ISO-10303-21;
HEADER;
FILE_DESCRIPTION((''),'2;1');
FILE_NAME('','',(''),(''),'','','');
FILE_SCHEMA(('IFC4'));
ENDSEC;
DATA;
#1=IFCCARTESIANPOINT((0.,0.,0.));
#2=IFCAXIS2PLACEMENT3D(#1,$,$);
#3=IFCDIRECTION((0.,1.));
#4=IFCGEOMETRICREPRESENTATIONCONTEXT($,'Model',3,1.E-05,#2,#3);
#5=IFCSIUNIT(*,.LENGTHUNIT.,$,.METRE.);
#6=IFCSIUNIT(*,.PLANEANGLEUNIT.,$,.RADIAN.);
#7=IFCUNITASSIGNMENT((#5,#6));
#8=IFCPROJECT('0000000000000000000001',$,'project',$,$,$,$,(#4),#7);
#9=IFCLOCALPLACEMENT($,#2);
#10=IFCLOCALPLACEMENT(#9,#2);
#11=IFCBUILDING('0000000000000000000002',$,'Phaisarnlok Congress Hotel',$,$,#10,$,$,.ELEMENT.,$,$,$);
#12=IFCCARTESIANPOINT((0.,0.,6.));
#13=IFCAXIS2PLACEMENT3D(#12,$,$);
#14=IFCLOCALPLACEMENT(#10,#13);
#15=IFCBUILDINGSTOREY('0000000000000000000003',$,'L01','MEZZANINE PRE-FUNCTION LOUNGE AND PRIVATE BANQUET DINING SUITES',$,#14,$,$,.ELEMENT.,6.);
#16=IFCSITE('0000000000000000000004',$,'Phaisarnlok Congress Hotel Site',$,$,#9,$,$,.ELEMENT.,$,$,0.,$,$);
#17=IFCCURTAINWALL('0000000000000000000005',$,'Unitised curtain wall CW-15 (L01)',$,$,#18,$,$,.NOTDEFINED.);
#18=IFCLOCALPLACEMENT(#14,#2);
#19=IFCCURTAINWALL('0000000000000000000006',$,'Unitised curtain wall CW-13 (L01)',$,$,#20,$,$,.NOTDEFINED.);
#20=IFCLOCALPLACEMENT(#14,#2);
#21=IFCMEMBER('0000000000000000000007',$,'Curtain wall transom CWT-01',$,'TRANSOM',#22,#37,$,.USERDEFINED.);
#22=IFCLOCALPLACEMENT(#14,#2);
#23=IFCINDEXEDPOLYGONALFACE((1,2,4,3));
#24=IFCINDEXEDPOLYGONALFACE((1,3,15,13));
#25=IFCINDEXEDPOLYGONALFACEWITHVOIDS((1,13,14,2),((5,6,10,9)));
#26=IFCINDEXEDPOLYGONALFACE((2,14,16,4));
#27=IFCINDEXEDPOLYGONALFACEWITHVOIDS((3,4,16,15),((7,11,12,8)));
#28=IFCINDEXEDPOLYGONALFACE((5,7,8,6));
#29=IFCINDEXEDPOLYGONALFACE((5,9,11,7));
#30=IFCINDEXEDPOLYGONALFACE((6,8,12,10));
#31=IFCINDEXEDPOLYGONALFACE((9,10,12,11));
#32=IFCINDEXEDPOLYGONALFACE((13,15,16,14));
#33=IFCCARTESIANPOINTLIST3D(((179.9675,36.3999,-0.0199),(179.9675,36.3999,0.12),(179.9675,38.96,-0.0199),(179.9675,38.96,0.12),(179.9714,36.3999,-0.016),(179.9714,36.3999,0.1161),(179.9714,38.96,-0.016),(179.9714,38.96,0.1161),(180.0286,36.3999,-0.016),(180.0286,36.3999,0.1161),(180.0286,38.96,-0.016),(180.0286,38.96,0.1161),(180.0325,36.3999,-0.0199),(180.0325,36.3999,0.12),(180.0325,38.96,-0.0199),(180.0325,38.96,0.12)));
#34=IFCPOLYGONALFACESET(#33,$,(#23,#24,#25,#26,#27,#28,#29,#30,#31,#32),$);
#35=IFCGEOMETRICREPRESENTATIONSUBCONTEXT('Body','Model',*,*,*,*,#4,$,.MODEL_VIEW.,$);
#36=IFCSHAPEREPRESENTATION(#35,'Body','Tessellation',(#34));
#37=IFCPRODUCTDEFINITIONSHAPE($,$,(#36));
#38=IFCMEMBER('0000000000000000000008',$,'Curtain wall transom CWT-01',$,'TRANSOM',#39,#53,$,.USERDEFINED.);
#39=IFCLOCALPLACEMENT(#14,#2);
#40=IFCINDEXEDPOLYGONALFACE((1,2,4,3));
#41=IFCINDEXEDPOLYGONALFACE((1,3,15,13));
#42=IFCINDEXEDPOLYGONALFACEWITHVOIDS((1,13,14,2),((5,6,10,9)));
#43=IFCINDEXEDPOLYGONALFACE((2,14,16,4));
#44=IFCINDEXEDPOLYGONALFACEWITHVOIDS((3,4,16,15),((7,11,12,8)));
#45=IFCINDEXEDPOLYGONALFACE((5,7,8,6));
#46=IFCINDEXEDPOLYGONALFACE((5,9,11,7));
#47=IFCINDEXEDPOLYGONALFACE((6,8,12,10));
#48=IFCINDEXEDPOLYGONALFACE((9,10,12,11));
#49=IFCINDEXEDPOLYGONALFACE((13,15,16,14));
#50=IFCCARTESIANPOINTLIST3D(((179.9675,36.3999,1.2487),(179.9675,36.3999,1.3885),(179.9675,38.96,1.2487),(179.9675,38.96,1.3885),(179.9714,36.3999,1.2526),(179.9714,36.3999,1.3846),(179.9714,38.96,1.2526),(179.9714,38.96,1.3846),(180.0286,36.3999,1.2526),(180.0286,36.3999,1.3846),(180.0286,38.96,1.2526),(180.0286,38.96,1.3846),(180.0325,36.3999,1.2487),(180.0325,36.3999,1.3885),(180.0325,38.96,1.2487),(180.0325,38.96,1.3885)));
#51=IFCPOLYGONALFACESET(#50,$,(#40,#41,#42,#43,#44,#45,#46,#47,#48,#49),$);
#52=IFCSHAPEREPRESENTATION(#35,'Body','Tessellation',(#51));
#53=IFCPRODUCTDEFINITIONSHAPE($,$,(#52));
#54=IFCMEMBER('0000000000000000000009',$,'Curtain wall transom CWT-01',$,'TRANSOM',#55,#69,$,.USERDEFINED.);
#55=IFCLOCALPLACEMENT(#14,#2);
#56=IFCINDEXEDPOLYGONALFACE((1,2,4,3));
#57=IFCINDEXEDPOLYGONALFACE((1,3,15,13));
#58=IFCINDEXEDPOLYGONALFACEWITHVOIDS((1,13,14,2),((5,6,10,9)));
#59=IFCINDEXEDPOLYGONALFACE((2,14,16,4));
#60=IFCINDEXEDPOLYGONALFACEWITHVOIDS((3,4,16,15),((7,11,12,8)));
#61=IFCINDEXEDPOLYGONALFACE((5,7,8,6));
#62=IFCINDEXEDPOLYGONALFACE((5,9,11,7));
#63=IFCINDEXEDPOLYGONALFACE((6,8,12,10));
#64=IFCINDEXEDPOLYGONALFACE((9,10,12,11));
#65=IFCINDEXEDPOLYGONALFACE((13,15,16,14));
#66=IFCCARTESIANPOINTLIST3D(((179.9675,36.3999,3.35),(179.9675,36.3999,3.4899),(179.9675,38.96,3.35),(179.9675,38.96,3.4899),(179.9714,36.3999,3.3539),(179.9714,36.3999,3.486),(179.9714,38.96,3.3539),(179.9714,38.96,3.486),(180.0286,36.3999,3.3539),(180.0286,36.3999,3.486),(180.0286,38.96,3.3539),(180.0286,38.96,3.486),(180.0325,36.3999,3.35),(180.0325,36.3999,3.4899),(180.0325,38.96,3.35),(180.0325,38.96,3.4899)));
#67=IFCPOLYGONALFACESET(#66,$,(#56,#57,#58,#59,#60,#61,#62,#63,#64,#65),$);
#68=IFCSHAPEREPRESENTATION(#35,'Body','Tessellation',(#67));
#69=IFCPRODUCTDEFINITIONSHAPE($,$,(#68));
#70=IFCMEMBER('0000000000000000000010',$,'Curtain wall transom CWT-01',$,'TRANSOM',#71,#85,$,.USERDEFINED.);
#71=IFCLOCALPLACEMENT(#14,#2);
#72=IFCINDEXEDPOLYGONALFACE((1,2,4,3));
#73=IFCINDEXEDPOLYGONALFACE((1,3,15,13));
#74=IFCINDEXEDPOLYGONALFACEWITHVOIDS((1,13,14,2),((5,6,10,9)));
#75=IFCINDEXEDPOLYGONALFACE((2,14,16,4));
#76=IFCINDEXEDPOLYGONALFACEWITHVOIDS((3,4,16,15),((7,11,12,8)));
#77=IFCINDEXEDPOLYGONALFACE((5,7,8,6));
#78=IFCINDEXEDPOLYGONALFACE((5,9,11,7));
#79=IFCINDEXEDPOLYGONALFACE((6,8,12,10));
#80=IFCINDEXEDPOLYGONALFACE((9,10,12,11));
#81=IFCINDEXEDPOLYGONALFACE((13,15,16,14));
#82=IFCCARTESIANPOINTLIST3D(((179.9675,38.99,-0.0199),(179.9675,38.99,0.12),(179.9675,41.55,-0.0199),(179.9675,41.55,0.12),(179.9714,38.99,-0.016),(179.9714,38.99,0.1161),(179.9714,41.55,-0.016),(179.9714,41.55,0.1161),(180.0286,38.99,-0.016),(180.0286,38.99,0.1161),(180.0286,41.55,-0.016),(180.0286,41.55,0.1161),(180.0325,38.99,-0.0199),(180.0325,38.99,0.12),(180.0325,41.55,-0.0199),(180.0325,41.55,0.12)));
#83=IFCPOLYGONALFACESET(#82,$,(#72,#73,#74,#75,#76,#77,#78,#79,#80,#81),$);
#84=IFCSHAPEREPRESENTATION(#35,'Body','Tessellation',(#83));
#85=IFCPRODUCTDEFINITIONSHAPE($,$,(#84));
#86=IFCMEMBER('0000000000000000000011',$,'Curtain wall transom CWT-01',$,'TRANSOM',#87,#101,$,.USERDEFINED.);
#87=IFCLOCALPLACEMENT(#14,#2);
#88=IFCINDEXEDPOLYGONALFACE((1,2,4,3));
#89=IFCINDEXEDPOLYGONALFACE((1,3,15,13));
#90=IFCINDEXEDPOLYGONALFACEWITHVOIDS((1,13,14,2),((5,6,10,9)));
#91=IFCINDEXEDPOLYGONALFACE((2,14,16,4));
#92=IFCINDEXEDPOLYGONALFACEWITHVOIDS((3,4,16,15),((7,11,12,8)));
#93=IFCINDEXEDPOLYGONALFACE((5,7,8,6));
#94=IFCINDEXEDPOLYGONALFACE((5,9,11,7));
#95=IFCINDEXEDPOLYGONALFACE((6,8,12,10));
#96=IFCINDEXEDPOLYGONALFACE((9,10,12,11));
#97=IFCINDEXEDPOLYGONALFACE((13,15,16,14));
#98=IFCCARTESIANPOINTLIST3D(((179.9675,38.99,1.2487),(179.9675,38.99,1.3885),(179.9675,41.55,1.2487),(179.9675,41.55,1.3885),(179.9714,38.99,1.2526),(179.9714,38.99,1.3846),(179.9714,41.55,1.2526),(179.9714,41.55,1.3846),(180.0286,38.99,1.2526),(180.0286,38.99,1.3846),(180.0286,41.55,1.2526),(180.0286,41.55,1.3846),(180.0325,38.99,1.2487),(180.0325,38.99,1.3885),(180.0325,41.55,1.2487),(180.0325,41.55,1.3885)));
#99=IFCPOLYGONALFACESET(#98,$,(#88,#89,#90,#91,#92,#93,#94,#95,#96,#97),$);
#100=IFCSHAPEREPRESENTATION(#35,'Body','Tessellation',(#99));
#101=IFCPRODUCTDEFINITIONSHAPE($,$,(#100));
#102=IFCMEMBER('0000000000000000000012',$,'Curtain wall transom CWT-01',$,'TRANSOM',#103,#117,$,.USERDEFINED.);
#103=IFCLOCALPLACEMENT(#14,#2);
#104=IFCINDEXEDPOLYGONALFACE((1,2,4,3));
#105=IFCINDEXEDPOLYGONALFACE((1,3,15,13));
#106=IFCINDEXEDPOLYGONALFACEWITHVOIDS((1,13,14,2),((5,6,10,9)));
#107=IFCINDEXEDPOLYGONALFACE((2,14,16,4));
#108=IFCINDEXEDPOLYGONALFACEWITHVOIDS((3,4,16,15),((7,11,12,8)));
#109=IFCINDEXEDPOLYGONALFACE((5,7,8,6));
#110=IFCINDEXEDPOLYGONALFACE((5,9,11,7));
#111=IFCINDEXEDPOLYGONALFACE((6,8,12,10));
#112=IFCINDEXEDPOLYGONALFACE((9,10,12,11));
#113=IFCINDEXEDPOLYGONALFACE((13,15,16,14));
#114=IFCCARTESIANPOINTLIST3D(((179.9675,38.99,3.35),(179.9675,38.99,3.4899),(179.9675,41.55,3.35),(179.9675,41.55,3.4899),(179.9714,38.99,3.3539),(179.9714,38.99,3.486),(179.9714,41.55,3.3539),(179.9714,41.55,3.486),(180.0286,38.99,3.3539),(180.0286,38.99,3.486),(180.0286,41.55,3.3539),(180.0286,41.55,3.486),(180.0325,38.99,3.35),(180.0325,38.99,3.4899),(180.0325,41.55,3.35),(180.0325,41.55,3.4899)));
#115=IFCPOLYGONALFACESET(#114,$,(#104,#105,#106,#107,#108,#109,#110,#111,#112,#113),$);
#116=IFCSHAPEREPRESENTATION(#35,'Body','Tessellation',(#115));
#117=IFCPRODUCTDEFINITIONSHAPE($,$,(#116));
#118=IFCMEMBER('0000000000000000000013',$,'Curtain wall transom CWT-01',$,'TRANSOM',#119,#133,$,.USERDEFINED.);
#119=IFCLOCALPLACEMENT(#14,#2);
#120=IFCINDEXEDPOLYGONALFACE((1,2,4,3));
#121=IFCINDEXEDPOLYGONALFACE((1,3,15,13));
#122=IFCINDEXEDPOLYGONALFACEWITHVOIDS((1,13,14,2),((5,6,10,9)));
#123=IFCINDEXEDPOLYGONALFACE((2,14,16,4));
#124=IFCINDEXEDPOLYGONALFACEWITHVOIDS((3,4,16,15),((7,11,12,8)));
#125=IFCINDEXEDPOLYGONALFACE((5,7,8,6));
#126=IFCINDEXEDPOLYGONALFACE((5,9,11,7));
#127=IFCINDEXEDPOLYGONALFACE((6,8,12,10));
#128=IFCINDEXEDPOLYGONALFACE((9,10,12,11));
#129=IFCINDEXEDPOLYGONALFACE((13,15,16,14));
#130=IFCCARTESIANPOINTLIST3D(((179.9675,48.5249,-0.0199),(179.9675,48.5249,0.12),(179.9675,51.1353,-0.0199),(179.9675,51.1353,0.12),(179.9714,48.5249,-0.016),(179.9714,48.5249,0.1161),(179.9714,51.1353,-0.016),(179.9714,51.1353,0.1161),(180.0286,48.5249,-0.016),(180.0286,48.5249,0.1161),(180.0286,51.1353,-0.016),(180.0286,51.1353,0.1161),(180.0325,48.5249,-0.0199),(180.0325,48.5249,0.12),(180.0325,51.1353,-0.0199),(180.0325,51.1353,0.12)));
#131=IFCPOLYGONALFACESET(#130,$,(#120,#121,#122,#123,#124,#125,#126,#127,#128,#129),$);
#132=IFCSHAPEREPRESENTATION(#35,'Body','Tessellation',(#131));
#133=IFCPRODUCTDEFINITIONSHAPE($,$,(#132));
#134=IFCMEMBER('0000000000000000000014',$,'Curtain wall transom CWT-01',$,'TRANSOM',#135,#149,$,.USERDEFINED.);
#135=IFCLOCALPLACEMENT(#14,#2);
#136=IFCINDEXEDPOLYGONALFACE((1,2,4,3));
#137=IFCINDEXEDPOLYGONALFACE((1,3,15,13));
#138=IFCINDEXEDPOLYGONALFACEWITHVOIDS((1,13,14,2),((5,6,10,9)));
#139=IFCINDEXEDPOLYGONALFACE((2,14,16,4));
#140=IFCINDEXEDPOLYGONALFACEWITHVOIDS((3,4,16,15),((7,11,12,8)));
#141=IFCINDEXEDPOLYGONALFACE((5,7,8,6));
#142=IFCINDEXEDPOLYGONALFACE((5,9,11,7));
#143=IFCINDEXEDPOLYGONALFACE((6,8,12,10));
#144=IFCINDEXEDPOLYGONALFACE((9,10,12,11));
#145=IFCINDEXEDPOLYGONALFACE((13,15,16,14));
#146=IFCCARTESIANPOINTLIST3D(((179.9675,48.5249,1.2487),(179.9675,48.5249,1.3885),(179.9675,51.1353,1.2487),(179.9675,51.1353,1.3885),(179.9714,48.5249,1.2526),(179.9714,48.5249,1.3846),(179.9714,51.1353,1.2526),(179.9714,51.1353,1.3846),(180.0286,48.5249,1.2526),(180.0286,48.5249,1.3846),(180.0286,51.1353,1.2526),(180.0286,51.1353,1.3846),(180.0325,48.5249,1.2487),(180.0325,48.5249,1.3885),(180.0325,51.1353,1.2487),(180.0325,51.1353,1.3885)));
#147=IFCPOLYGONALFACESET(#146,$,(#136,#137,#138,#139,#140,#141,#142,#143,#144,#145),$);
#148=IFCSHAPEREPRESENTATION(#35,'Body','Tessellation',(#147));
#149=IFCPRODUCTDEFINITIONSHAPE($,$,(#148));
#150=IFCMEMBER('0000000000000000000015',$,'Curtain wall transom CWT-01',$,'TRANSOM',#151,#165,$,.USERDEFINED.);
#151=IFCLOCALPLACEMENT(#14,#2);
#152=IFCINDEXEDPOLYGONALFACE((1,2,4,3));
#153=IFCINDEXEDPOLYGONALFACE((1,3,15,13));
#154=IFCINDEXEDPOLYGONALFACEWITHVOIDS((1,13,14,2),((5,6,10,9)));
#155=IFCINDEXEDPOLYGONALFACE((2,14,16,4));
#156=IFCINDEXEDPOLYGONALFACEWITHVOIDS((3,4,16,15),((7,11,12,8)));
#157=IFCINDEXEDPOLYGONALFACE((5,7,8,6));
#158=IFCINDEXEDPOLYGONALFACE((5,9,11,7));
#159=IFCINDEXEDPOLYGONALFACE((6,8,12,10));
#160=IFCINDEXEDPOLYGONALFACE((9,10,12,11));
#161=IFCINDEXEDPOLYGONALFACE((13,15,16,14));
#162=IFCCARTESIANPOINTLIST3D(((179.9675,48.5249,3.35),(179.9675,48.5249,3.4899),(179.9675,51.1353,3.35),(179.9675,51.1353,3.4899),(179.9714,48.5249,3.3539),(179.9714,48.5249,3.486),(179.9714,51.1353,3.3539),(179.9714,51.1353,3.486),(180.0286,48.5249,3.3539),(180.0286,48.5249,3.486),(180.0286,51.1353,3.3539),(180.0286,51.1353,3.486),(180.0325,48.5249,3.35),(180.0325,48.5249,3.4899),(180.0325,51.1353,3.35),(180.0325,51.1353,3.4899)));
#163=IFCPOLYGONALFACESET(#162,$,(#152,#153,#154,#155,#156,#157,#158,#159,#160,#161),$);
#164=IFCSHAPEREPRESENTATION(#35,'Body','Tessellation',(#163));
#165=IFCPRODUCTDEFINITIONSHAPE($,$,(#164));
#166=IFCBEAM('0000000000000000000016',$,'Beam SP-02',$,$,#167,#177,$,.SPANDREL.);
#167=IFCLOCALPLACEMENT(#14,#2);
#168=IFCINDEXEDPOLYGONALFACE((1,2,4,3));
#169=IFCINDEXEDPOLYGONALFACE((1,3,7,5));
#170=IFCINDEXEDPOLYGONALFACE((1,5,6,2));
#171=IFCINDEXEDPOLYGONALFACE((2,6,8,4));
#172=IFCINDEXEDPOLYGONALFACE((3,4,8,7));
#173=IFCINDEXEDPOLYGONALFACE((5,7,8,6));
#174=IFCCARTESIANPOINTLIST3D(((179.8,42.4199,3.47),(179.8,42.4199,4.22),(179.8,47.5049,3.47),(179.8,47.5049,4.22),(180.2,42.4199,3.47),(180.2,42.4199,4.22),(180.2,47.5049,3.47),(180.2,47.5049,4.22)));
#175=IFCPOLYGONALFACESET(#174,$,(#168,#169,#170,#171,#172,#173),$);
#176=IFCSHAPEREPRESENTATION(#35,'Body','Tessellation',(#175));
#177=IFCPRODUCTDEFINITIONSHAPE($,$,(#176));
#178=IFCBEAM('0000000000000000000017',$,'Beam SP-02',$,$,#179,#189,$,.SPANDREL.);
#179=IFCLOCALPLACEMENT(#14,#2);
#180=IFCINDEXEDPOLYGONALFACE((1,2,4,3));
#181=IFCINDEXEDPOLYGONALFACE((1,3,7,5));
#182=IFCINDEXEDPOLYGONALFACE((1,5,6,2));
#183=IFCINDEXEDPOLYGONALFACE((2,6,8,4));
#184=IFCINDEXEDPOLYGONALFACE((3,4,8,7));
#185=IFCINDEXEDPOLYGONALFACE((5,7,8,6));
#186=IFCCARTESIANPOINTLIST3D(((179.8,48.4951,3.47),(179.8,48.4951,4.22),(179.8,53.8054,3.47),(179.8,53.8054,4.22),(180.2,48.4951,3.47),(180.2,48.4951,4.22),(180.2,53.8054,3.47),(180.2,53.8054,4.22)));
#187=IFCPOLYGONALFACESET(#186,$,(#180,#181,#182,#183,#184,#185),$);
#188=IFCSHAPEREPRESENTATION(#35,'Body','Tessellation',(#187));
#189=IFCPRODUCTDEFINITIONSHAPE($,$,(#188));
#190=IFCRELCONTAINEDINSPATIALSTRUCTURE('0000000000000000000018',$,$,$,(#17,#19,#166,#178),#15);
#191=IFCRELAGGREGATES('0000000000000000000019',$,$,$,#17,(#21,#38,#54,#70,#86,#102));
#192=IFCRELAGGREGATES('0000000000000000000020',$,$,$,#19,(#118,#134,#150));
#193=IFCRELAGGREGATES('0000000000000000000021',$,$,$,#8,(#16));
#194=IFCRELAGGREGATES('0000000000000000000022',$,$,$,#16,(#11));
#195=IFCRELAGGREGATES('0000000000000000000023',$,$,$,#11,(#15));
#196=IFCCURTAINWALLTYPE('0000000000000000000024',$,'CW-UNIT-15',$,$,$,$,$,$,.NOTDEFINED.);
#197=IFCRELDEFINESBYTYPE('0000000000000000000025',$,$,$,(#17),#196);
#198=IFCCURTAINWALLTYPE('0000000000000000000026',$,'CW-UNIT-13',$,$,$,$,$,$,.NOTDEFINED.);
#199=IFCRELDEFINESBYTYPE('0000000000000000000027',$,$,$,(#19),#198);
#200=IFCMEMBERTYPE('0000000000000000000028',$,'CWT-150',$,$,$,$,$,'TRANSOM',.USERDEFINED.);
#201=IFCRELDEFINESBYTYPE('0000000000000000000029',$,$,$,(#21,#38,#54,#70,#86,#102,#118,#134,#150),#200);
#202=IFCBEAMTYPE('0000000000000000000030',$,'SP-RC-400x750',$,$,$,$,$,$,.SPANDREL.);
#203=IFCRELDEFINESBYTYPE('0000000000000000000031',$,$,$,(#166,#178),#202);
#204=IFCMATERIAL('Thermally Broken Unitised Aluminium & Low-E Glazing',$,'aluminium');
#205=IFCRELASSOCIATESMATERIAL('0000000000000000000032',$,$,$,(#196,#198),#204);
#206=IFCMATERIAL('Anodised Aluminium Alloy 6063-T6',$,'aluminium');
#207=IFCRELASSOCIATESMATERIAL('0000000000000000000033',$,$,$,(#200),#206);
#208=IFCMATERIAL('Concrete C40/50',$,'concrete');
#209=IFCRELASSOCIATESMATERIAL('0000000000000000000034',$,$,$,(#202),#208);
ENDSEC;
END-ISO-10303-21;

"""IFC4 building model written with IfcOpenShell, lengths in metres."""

from ifc_helpers import new_model, si_unit, direction, frame, origin, origin_2d, place, context, subcontext, project, spatial, rectangle, hollow_rectangle, extrude, material, material_profile, profile_set, type_object, element, aggregate, save


model = new_model("IFC4")

# Units and contexts
model_context = context("Model", 3, precision=1e-05, world=origin(), true_north=direction((0.0, 1.0)))
body_context = subcontext(model_context, "Body", "Model", "MODEL_VIEW")
ifc_project = project(units=[si_unit("LENGTHUNIT", "METRE"), si_unit("PLANEANGLEUNIT", "RADIAN")], contexts=[model_context])

# Site, building, storey
site_placement = place(None, origin())
site = spatial("IfcSite", under=ifc_project, at=site_placement, Name="Phaisarnlok Congress Hotel Site", CompositionType="ELEMENT", RefElevation=0.0)
building_placement = place(site_placement, origin())
building = spatial("IfcBuilding", under=site, at=building_placement, Name="Phaisarnlok Congress Hotel", CompositionType="ELEMENT")
storey_placement = place(building_placement, frame((0.0, 0.0, 6.0)))
storey = spatial("IfcBuildingStorey", under=building, at=storey_placement, Name="L01", Description="MEZZANINE PRE-FUNCTION LOUNGE AND PRIVATE BANQUET DINING SUITES", CompositionType="ELEMENT", Elevation=6.0)

# Shared definitions
ifc_material_1 = material(Name="Concrete C40/50", Category="concrete")

# Curtain wall
ifc_material_2 = material(Name="Thermally Broken Unitised Aluminium & Low-E Glazing", Category="aluminium")
curtain_wall_type_1 = type_object("IfcCurtainWallType", Name="CW-UNIT-15", PredefinedType="NOTDEFINED", material=ifc_material_2)
curtain_wall_1_placement = place(storey_placement, origin())
curtain_wall_1 = element("IfcCurtainWall", 1, at=curtain_wall_1_placement, inside=storey, type_object=curtain_wall_type_1, Name="Unitised curtain wall CW-15 (L01)", PredefinedType="NOTDEFINED")
ifc_material_3 = material(Name="Anodised Aluminium Alloy 6063-T6", Category="aluminium")

# Curtain wall
curtain_wall_type_2 = type_object("IfcCurtainWallType", Name="CW-UNIT-13", PredefinedType="NOTDEFINED", material=ifc_material_2)
curtain_wall_2_placement = place(storey_placement, origin())
curtain_wall_2 = element("IfcCurtainWall", 2, at=curtain_wall_2_placement, inside=storey, type_object=curtain_wall_type_2, Name="Unitised curtain wall CW-13 (L01)", PredefinedType="NOTDEFINED")

# Members
ifc_material_profile_1 = material_profile(ifc_material_3, hollow_rectangle(XDim=0.0649, YDim=0.1399, WallThickness=0.0039, at=origin_2d()), Name="ALU-T 65x140x4")
ifc_profile_set_1 = profile_set([ifc_material_profile_1], Name="Anodised Aluminium Alloy 6063-T6")
member_type_1 = type_object("IfcMemberType", Name="CWT-150", ElementType="TRANSOM", PredefinedType="USERDEFINED", material=ifc_profile_set_1)
member_1_placement = place(storey_placement, frame((180.0, 36.3999, 0.05), z_axis=(0.0, 1.0, 0.0), x_axis=(-1.0, 0.0, 0.0)))
member_1 = element("IfcMember", 3, at=member_1_placement, type_object=member_type_1, Name="Curtain wall transom CWT-01", ObjectType="TRANSOM", PredefinedType="USERDEFINED", context=body_context, shape_type="SweptSolid", body=[
    extrude(hollow_rectangle(XDim=0.0649, YDim=0.1399, WallThickness=0.0039, at=origin_2d()), origin(), (0.0, 0.0, 1.0), 2.5601),
])
member_2_placement = place(storey_placement, frame((180.0, 36.3999, 1.3186), z_axis=(0.0, 1.0, 0.0), x_axis=(-1.0, 0.0, 0.0)))
member_2 = element("IfcMember", 4, at=member_2_placement, type_object=member_type_1, Name="Curtain wall transom CWT-01", ObjectType="TRANSOM", PredefinedType="USERDEFINED", context=body_context, shape_type="SweptSolid", body=[
    extrude(hollow_rectangle(XDim=0.0649, YDim=0.1399, WallThickness=0.0039, at=origin_2d()), origin(), (0.0, 0.0, 1.0), 2.5601),
])
member_3_placement = place(storey_placement, frame((180.0, 36.3999, 3.4199), z_axis=(0.0, 1.0, 0.0), x_axis=(-1.0, 0.0, 0.0)))
member_3 = element("IfcMember", 5, at=member_3_placement, type_object=member_type_1, Name="Curtain wall transom CWT-01", ObjectType="TRANSOM", PredefinedType="USERDEFINED", context=body_context, shape_type="SweptSolid", body=[
    extrude(hollow_rectangle(XDim=0.0649, YDim=0.1399, WallThickness=0.0039, at=origin_2d()), origin(), (0.0, 0.0, 1.0), 2.5601),
])
member_4_placement = place(storey_placement, frame((180.0, 38.99, 0.05), z_axis=(0.0, 1.0, 0.0), x_axis=(-1.0, 0.0, 0.0)))
member_4 = element("IfcMember", 6, at=member_4_placement, type_object=member_type_1, Name="Curtain wall transom CWT-01", ObjectType="TRANSOM", PredefinedType="USERDEFINED", context=body_context, shape_type="SweptSolid", body=[
    extrude(hollow_rectangle(XDim=0.0649, YDim=0.1399, WallThickness=0.0039, at=origin_2d()), origin(), (0.0, 0.0, 1.0), 2.5601),
])
member_5_placement = place(storey_placement, frame((180.0, 38.99, 1.3186), z_axis=(0.0, 1.0, 0.0), x_axis=(-1.0, 0.0, 0.0)))
member_5 = element("IfcMember", 7, at=member_5_placement, type_object=member_type_1, Name="Curtain wall transom CWT-01", ObjectType="TRANSOM", PredefinedType="USERDEFINED", context=body_context, shape_type="SweptSolid", body=[
    extrude(hollow_rectangle(XDim=0.0649, YDim=0.1399, WallThickness=0.0039, at=origin_2d()), origin(), (0.0, 0.0, 1.0), 2.5601),
])
member_6_placement = place(storey_placement, frame((180.0, 38.99, 3.4199), z_axis=(0.0, 1.0, 0.0), x_axis=(-1.0, 0.0, 0.0)))
member_6 = element("IfcMember", 8, at=member_6_placement, type_object=member_type_1, Name="Curtain wall transom CWT-01", ObjectType="TRANSOM", PredefinedType="USERDEFINED", context=body_context, shape_type="SweptSolid", body=[
    extrude(hollow_rectangle(XDim=0.0649, YDim=0.1399, WallThickness=0.0039, at=origin_2d()), origin(), (0.0, 0.0, 1.0), 2.5601),
])
member_7_placement = place(storey_placement, frame((180.0, 48.5249, 0.05), z_axis=(0.0, 1.0, 0.0), x_axis=(-1.0, 0.0, 0.0)))
member_7 = element("IfcMember", 9, at=member_7_placement, type_object=member_type_1, Name="Curtain wall transom CWT-01", ObjectType="TRANSOM", PredefinedType="USERDEFINED", context=body_context, shape_type="SweptSolid", body=[
    extrude(hollow_rectangle(XDim=0.0649, YDim=0.1399, WallThickness=0.0039, at=origin_2d()), origin(), (0.0, 0.0, 1.0), 2.6104),
])
member_8_placement = place(storey_placement, frame((180.0, 48.5249, 1.3186), z_axis=(0.0, 1.0, 0.0), x_axis=(-1.0, 0.0, 0.0)))
member_8 = element("IfcMember", 10, at=member_8_placement, type_object=member_type_1, Name="Curtain wall transom CWT-01", ObjectType="TRANSOM", PredefinedType="USERDEFINED", context=body_context, shape_type="SweptSolid", body=[
    extrude(hollow_rectangle(XDim=0.0649, YDim=0.1399, WallThickness=0.0039, at=origin_2d()), origin(), (0.0, 0.0, 1.0), 2.6104),
])
member_9_placement = place(storey_placement, frame((180.0, 48.5249, 3.4199), z_axis=(0.0, 1.0, 0.0), x_axis=(-1.0, 0.0, 0.0)))
member_9 = element("IfcMember", 11, at=member_9_placement, type_object=member_type_1, Name="Curtain wall transom CWT-01", ObjectType="TRANSOM", PredefinedType="USERDEFINED", context=body_context, shape_type="SweptSolid", body=[
    extrude(hollow_rectangle(XDim=0.0649, YDim=0.1399, WallThickness=0.0039, at=origin_2d()), origin(), (0.0, 0.0, 1.0), 2.6104),
])

# Beams
ifc_material_profile_2 = material_profile(ifc_material_1, rectangle(XDim=0.3999, YDim=0.75, at=origin_2d()), Name="RC 400x750")
ifc_profile_set_2 = profile_set([ifc_material_profile_2], Name="Concrete C40/50")
beam_type_1 = type_object("IfcBeamType", Name="SP-RC-400x750", PredefinedType="SPANDREL", material=ifc_profile_set_2)
beam_1_placement = place(storey_placement, frame((180.0, 42.4199, 3.845), z_axis=(0.0, 1.0, 0.0), x_axis=(-1.0, 0.0, 0.0)))
element("IfcBeam", 12, at=beam_1_placement, inside=storey, type_object=beam_type_1, Name="Beam SP-02", PredefinedType="SPANDREL", context=body_context, shape_type="SweptSolid", body=[
    extrude(rectangle(XDim=0.3999, YDim=0.75, at=origin_2d()), origin(), (0.0, 0.0, 1.0), 5.085),
])
beam_2_placement = place(storey_placement, frame((180.0, 48.4951, 3.845), z_axis=(0.0, 1.0, 0.0), x_axis=(-1.0, 0.0, 0.0)))
element("IfcBeam", 13, at=beam_2_placement, inside=storey, type_object=beam_type_1, Name="Beam SP-02", PredefinedType="SPANDREL", context=body_context, shape_type="SweptSolid", body=[
    extrude(rectangle(XDim=0.3999, YDim=0.75, at=origin_2d()), origin(), (0.0, 0.0, 1.0), 5.3103),
])

aggregate(curtain_wall_1, [member_1, member_2, member_3, member_4, member_5, member_6])
aggregate(curtain_wall_2, [member_7, member_8, member_9])

save(model, "model.ifc")
